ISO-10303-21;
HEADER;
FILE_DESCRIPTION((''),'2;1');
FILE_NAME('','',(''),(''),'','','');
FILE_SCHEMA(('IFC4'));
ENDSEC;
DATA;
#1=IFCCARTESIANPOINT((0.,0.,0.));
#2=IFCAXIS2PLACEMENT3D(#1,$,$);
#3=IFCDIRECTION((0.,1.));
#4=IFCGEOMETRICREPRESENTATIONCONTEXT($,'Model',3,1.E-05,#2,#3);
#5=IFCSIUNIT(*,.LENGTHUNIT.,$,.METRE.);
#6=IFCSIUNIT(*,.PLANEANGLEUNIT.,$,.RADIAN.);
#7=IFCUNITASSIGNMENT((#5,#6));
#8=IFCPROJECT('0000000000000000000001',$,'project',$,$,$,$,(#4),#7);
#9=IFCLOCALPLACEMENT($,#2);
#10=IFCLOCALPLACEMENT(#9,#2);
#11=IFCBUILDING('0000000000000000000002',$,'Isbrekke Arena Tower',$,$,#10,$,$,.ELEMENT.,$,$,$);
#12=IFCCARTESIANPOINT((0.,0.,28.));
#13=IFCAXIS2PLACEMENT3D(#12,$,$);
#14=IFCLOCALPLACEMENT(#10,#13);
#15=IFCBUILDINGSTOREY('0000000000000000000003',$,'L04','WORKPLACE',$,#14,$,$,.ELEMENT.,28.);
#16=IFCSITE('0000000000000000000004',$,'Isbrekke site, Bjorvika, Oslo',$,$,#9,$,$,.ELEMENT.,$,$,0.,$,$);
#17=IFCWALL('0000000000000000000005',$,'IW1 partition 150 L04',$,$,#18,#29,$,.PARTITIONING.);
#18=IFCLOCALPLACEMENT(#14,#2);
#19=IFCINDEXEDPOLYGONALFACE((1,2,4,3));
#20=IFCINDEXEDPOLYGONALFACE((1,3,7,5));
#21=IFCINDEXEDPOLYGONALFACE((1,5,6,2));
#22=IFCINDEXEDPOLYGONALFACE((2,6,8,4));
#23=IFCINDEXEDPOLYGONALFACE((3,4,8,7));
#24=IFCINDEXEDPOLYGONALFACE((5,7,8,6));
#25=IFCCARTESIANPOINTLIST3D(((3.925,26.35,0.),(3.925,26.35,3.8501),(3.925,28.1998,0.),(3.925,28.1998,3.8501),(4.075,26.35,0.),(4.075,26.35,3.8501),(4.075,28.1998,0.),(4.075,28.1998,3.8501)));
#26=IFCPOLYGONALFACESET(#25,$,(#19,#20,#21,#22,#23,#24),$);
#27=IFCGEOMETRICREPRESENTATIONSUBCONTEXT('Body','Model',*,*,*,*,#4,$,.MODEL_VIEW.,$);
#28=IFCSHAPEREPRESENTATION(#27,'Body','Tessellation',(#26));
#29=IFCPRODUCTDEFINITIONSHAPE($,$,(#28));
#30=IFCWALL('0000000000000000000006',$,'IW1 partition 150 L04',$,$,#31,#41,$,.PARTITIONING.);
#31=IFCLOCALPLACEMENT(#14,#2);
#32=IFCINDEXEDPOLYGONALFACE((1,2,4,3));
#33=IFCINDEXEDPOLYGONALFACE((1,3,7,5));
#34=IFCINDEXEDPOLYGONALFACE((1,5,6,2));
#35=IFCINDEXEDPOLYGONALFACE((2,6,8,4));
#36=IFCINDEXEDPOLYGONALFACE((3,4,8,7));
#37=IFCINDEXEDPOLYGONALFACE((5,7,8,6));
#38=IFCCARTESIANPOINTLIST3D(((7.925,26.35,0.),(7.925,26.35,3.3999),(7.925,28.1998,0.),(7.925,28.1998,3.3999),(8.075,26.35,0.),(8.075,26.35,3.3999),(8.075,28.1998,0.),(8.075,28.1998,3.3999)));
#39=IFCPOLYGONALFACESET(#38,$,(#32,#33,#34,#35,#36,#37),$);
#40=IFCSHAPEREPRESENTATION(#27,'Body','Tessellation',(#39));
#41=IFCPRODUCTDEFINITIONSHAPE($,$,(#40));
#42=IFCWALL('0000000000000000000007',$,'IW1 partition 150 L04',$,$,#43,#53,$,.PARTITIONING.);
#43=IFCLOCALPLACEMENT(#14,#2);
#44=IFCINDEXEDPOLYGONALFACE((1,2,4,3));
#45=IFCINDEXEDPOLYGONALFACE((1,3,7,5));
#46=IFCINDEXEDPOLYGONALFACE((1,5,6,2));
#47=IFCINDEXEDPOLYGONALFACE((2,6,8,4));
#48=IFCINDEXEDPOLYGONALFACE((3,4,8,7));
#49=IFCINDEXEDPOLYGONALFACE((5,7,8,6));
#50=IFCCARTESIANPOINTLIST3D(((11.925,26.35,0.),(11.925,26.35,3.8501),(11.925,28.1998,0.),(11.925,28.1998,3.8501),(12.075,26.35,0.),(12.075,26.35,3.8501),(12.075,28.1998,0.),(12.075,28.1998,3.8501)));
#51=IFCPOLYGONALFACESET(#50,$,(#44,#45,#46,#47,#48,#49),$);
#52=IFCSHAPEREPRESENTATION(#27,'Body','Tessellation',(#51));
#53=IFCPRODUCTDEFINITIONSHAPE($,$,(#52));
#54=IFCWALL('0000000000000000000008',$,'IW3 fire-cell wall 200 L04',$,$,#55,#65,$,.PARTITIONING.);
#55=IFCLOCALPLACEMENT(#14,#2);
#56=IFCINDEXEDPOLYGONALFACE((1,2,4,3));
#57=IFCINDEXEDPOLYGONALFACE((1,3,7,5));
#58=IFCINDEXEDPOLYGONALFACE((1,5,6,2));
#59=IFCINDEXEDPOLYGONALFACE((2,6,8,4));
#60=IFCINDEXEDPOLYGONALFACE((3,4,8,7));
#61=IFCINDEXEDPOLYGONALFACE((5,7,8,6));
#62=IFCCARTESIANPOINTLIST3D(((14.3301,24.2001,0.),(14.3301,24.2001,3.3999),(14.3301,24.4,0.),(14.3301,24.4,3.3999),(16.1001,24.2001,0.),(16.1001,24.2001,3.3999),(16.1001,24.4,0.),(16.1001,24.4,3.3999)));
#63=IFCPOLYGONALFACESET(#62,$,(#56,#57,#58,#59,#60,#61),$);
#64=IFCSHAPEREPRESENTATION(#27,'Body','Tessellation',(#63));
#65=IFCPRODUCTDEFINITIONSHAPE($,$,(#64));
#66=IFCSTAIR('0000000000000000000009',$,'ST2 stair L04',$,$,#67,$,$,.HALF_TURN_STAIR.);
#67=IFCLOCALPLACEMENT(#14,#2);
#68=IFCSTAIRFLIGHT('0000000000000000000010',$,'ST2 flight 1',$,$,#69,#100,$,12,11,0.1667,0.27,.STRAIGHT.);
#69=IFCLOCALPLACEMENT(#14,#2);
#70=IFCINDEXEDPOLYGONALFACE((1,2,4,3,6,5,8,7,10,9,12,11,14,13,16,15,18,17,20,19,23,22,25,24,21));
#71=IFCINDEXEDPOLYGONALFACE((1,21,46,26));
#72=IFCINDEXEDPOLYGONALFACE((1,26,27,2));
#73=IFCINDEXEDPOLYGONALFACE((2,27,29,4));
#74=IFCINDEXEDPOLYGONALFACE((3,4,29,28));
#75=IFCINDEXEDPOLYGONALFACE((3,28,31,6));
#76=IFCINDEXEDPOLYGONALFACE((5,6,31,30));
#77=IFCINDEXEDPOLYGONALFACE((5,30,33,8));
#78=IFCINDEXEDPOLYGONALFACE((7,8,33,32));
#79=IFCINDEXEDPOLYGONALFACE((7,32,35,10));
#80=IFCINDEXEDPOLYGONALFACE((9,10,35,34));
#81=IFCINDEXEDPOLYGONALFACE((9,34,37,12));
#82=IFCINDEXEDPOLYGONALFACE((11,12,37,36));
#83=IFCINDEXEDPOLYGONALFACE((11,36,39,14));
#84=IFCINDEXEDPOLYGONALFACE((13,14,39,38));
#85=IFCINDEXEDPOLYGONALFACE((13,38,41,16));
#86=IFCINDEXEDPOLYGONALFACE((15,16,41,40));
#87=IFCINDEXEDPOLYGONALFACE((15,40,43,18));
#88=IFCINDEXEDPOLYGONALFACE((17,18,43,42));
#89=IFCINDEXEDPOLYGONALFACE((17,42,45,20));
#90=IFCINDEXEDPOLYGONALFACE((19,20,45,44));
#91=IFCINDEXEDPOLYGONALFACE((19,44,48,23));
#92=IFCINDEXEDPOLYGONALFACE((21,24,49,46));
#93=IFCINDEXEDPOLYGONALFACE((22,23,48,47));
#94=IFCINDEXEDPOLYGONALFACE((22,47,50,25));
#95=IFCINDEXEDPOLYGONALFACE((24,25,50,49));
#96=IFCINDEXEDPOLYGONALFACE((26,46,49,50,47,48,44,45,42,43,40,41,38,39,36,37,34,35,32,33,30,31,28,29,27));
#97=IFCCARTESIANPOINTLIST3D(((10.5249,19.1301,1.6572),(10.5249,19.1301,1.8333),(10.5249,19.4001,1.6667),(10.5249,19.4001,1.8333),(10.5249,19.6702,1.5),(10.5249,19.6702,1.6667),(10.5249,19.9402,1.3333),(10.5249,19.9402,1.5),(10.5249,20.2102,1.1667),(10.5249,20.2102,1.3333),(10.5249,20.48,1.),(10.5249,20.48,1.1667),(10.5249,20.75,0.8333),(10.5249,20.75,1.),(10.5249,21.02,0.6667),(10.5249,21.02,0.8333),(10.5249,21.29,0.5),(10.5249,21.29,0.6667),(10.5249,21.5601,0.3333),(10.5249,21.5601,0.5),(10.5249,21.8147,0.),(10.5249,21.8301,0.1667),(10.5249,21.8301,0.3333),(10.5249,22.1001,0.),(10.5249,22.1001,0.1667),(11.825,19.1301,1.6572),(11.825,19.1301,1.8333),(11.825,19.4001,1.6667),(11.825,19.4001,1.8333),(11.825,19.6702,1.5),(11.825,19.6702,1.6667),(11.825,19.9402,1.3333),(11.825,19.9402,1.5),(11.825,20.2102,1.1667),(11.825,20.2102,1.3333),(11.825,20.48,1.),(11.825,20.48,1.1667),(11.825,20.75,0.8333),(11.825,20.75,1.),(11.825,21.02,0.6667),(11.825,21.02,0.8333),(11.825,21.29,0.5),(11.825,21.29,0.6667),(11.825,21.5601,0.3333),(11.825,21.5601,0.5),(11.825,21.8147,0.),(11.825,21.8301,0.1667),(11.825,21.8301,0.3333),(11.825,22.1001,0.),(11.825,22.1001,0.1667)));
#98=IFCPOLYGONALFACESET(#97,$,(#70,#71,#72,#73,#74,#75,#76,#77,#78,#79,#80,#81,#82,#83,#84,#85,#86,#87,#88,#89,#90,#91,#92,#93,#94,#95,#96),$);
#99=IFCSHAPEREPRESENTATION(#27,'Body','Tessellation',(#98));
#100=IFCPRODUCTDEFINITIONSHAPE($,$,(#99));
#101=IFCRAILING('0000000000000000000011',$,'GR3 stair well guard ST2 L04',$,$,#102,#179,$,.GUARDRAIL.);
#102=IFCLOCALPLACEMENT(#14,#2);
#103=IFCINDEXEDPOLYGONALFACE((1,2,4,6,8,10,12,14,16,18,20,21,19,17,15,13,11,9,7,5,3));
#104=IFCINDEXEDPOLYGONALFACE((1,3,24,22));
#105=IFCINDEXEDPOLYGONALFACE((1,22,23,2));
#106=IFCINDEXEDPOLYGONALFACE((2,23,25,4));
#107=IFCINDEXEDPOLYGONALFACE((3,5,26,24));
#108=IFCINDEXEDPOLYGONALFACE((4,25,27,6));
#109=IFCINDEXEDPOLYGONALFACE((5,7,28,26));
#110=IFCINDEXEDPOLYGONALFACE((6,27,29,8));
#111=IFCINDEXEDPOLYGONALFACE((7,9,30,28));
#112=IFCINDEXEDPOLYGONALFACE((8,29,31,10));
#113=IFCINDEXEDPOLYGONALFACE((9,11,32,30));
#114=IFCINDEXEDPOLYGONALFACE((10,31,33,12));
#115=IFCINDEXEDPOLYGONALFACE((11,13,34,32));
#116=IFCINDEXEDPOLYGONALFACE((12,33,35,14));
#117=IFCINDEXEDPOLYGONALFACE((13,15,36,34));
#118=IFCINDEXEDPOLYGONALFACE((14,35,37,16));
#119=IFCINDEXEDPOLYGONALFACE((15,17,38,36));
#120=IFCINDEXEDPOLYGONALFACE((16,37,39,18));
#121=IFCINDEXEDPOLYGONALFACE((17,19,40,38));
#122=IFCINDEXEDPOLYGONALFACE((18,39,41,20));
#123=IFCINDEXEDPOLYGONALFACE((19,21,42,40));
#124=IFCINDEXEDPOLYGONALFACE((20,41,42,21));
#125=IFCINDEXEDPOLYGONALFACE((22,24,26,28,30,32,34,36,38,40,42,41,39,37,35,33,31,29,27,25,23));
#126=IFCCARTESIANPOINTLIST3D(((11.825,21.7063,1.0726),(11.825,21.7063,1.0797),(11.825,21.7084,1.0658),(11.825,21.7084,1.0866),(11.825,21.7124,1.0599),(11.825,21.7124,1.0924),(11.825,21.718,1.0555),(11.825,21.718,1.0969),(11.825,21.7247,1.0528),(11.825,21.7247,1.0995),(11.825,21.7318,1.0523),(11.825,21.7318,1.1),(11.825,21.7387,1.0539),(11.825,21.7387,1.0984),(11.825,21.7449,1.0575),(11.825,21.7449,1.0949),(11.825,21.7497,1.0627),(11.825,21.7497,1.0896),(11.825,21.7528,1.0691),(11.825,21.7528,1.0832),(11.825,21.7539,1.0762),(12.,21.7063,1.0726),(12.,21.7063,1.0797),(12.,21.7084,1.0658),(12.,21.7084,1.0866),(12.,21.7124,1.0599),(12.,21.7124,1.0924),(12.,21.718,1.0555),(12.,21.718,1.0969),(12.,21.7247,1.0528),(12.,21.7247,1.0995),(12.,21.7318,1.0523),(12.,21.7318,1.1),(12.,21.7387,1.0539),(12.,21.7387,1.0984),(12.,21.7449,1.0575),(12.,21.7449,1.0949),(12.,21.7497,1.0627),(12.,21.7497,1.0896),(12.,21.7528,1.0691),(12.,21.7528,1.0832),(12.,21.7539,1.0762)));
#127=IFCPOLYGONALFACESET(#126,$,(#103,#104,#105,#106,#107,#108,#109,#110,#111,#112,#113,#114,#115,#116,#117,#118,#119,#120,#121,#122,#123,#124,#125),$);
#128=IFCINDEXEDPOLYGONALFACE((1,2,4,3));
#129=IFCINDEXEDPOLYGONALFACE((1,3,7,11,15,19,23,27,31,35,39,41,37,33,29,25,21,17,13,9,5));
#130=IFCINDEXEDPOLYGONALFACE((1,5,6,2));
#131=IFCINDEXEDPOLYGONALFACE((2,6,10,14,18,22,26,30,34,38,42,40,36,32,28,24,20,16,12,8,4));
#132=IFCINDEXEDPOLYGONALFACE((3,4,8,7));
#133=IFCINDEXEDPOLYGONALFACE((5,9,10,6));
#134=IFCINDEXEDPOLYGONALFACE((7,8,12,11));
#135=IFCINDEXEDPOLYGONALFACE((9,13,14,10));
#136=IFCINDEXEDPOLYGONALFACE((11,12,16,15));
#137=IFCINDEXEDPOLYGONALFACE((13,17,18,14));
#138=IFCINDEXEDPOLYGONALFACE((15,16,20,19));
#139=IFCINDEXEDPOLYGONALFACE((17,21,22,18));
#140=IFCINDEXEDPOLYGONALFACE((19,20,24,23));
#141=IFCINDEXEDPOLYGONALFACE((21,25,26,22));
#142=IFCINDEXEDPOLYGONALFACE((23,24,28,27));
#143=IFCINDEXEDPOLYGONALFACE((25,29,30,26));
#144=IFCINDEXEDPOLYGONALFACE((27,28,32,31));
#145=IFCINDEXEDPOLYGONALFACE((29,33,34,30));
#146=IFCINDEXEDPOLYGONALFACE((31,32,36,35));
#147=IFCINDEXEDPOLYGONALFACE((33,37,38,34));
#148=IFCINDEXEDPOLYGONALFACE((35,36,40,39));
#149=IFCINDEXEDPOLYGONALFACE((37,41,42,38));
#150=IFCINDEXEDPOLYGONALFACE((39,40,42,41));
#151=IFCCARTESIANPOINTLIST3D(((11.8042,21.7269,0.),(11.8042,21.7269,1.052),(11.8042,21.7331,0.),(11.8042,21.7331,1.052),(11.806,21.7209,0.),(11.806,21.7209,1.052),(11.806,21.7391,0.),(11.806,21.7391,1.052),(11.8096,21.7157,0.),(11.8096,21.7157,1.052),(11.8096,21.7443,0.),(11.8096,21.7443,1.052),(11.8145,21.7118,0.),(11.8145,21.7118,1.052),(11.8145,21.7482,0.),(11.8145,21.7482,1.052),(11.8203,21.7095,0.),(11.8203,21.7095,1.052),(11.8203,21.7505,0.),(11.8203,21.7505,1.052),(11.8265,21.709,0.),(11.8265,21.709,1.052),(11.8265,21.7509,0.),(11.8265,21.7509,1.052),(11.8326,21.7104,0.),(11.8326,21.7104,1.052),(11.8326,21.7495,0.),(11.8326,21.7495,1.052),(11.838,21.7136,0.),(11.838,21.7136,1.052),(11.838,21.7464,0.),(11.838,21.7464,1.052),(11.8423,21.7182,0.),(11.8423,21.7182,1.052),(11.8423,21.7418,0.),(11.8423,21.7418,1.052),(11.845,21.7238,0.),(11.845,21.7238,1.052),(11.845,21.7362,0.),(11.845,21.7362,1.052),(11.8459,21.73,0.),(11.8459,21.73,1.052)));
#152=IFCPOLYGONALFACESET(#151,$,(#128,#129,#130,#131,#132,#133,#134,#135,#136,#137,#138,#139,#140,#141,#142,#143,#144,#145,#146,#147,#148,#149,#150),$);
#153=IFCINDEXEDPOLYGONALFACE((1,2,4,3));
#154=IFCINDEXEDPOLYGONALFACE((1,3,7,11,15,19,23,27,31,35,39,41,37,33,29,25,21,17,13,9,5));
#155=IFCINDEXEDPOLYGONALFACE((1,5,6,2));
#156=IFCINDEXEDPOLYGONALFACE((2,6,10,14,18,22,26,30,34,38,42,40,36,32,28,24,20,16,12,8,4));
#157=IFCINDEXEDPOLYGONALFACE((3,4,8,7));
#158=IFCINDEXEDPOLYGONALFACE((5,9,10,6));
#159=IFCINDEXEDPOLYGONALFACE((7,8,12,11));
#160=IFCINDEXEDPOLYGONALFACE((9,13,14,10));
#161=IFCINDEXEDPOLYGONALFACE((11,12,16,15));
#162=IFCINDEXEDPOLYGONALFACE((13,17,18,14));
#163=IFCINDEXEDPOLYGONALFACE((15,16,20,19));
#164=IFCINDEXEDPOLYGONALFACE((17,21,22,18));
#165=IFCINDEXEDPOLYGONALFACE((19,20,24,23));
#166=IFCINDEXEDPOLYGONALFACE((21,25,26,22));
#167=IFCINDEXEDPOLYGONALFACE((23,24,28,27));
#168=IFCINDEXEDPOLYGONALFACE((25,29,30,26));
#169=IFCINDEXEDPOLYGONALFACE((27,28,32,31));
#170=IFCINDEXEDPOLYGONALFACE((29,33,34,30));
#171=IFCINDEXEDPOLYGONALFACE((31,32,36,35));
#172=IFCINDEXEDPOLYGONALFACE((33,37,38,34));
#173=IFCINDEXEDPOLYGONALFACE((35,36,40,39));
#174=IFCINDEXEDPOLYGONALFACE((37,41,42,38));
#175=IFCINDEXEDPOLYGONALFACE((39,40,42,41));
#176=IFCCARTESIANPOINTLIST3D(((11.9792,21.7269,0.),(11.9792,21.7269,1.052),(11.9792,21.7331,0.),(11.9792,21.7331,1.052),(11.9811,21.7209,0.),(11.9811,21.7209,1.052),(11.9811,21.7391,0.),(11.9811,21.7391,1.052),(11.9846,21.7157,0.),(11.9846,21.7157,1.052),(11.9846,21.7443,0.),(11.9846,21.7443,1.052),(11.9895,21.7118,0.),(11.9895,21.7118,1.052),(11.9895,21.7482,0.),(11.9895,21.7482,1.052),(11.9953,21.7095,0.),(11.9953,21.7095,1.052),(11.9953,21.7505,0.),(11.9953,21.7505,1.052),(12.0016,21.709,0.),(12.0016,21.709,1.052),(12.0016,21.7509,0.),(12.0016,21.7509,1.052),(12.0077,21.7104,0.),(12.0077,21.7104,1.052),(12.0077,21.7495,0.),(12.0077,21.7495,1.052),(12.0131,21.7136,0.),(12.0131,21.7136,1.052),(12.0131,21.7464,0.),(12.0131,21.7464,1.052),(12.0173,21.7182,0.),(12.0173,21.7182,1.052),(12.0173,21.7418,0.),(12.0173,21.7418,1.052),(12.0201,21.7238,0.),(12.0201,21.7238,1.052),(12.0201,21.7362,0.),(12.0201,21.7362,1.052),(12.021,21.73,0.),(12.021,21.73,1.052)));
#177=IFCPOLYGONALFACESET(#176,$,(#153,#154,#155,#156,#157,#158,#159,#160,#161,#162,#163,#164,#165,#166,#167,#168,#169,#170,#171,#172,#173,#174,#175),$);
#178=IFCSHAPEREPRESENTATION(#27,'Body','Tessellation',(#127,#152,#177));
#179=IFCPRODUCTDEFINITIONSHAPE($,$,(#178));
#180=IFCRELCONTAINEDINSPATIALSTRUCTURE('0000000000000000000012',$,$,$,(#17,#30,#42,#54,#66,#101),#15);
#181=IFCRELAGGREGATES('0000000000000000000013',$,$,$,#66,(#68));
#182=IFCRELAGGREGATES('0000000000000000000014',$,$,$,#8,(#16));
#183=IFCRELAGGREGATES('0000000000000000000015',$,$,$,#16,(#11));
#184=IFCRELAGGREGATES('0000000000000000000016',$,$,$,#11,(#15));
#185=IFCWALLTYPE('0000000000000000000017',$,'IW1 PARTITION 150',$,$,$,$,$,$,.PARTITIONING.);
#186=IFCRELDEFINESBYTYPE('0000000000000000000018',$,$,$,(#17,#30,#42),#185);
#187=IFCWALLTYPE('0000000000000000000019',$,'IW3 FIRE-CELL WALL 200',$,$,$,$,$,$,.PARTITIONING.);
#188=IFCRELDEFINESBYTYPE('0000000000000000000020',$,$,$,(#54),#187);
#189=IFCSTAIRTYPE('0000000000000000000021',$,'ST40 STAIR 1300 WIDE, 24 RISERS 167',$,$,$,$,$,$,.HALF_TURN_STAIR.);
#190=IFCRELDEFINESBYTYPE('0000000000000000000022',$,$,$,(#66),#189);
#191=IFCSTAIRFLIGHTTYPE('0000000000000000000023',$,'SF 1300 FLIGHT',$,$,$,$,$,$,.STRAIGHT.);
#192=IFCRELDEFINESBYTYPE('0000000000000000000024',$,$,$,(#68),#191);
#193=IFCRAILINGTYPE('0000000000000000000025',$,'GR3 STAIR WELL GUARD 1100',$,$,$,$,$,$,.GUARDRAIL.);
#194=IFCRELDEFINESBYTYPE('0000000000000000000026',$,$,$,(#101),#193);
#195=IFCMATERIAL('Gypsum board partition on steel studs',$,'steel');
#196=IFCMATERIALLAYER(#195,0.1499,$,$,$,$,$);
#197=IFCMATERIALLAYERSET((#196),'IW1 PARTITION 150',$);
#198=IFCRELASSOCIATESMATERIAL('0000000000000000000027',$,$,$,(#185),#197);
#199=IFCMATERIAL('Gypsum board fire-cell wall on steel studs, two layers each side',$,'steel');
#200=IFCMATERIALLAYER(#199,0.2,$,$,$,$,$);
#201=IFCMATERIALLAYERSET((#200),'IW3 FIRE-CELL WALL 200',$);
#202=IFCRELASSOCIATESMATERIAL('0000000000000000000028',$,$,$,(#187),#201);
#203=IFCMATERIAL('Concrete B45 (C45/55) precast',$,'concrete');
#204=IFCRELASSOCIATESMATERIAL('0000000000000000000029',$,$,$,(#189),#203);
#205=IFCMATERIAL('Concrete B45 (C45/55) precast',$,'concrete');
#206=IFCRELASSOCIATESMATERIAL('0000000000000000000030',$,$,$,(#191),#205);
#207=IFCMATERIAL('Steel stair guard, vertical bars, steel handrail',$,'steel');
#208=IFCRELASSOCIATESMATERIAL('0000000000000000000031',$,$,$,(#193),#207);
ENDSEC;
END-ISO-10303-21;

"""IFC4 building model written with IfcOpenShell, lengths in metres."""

from ifc_helpers import new_model, si_unit, direction, frame, frame_2d, origin, origin_2d, place, context, subcontext, project, spatial, polyline, rectangle, circle, outline, extrude, material, layer, layer_set, type_object, element, aggregate, save


model = new_model("IFC4")

# Units and contexts
model_context = context("Model", 3, precision=1e-05, world=origin(), true_north=direction((0.0, 1.0)))
body_context = subcontext(model_context, "Body", "Model", "MODEL_VIEW")
ifc_project = project(units=[si_unit("LENGTHUNIT", "METRE"), si_unit("PLANEANGLEUNIT", "RADIAN")], contexts=[model_context])

# Site, building, storey
site_placement = place(None, origin())
site = spatial("IfcSite", under=ifc_project, at=site_placement, Name="Isbrekke site, Bjorvika, Oslo", CompositionType="ELEMENT", RefElevation=0.0)
building_placement = place(site_placement, origin())
building = spatial("IfcBuilding", under=site, at=building_placement, Name="Isbrekke Arena Tower", CompositionType="ELEMENT")
storey_placement = place(building_placement, frame((0.0, 0.0, 28.0)))
storey = spatial("IfcBuildingStorey", under=building, at=storey_placement, Name="L04", Description="WORKPLACE", CompositionType="ELEMENT", Elevation=28.0)

# Walls
ifc_material_1 = material(Name="Gypsum board partition on steel studs", Category="steel")
ifc_layer_1 = layer(ifc_material_1, 0.1499)
ifc_layer_set_1 = layer_set([ifc_layer_1], Name="IW1 PARTITION 150")
wall_type_1 = type_object("IfcWallType", Name="IW1 PARTITION 150", PredefinedType="PARTITIONING", material=ifc_layer_set_1)
wall_1_placement = place(storey_placement, frame((4.0, 26.3501, 0.0), z_axis=(0.0, 0.0, 1.0), x_axis=(0.0, 1.0, 0.0)))
element("IfcWall", 1, at=wall_1_placement, inside=storey, type_object=wall_type_1, Name="IW1 partition 150 L04", PredefinedType="PARTITIONING", context=body_context, shape_type="SweptSolid", body=[
    extrude(rectangle(XDim=1.8499, YDim=0.1499, at=frame_2d((0.9248, 0.0))), origin(), (0.0, 0.0, 1.0), 3.8501),
])
wall_2_placement = place(storey_placement, frame((8.0, 26.3501, 0.0), z_axis=(0.0, 0.0, 1.0), x_axis=(0.0, 1.0, 0.0)))
element("IfcWall", 2, at=wall_2_placement, inside=storey, type_object=wall_type_1, Name="IW1 partition 150 L04", PredefinedType="PARTITIONING", context=body_context, shape_type="SweptSolid", body=[
    extrude(rectangle(XDim=1.8499, YDim=0.1499, at=frame_2d((0.9248, 0.0))), origin(), (0.0, 0.0, 1.0), 3.3999),
])
wall_3_placement = place(storey_placement, frame((12.0, 26.3501, 0.0), z_axis=(0.0, 0.0, 1.0), x_axis=(0.0, 1.0, 0.0)))
element("IfcWall", 3, at=wall_3_placement, inside=storey, type_object=wall_type_1, Name="IW1 partition 150 L04", PredefinedType="PARTITIONING", context=body_context, shape_type="SweptSolid", body=[
    extrude(rectangle(XDim=1.8499, YDim=0.1499, at=frame_2d((0.9248, 0.0))), origin(), (0.0, 0.0, 1.0), 3.8501),
])
ifc_material_2 = material(Name="Gypsum board fire-cell wall on steel studs, two layers each side", Category="steel")
ifc_layer_2 = layer(ifc_material_2, 0.2)
ifc_layer_set_2 = layer_set([ifc_layer_2], Name="IW3 FIRE-CELL WALL 200")
wall_type_2 = type_object("IfcWallType", Name="IW3 FIRE-CELL WALL 200", PredefinedType="PARTITIONING", material=ifc_layer_set_2)
wall_4_placement = place(storey_placement, frame((14.3301, 24.3, 0.0), z_axis=(0.0, 0.0, 1.0), x_axis=(1.0, 0.0, 0.0)))
element("IfcWall", 4, at=wall_4_placement, inside=storey, type_object=wall_type_2, Name="IW3 fire-cell wall 200 L04", PredefinedType="PARTITIONING", context=body_context, shape_type="SweptSolid", body=[
    extrude(rectangle(XDim=1.77, YDim=0.2, at=frame_2d((0.885, 0.0))), origin(), (0.0, 0.0, 1.0), 3.3999),
])

# Stair, stair flight
ifc_material_3 = material(Name="Concrete B45 (C45/55) precast", Category="concrete")
stair_type = type_object("IfcStairType", Name="ST40 STAIR 1300 WIDE, 24 RISERS 167", PredefinedType="HALF_TURN_STAIR", material=ifc_material_3)
stair_placement = place(storey_placement, origin())
stair = element("IfcStair", 5, at=stair_placement, inside=storey, type_object=stair_type, Name="ST2 stair L04", PredefinedType="HALF_TURN_STAIR")
ifc_material_4 = material(Name="Concrete B45 (C45/55) precast", Category="concrete")
stair_flight_type = type_object("IfcStairFlightType", Name="SF 1300 FLIGHT", PredefinedType="STRAIGHT", material=ifc_material_4)
stair_flight_placement = place(storey_placement, frame((11.175, 22.1001, 0.0), z_axis=(0.0, 0.0, 1.0), x_axis=(0.0, -1.0, 0.0)))
stair_flight = element("IfcStairFlight", 6, at=stair_flight_placement, type_object=stair_flight_type, Name="ST2 flight 1", NumberOfRisers=12, NumberOfTreads=11, PredefinedType="STRAIGHT", RiserHeight=0.1667, TreadLength=0.27, context=body_context, shape_type="SweptSolid", body=[
    extrude(outline(polyline([(0.0, 0.0), (0.0, 0.1667), (0.27, 0.1667), (0.27, 0.3333), (0.54, 0.3333), (0.54, 0.5), (0.8101, 0.5), (0.8101, 0.6667), (1.0801, 0.6667), (1.0801, 0.8333), (1.3501, 0.8333), (1.3501, 1.0), (1.6201, 1.0), (1.6201, 1.1667), (1.8899, 1.1667), (1.8899, 1.3333), (2.1599, 1.3333), (2.1599, 1.5), (2.4299, 1.5), (2.4299, 1.6667), (2.7, 1.6667), (2.7, 1.8333), (2.97, 1.8333), (2.97, 2.0), (2.97, 1.6572), (0.2854, 0.0), (0.0, 0.0)])), frame((0.0, 0.6499, 0.0), z_axis=(0.0, -1.0, 0.0), x_axis=(1.0, 0.0, 0.0)), (0.0, 0.0, 1.0), 1.3),
])
aggregate(stair, [stair_flight])

# Railing
ifc_material_5 = material(Name="Steel stair guard, vertical bars, steel handrail", Category="steel")
railing_type = type_object("IfcRailingType", Name="GR3 STAIR WELL GUARD 1100", PredefinedType="GUARDRAIL", material=ifc_material_5)
railing_placement = place(storey_placement, frame((11.825, 21.73, 0.0)))
element("IfcRailing", 7, at=railing_placement, inside=storey, type_object=railing_type, Name="GR3 stair well guard ST2 L04", PredefinedType="GUARDRAIL", context=body_context, shape_type="SweptSolid", body=[
    extrude(circle(Radius=0.0239, at=origin_2d()), frame((0.0, 0.0, 1.0762), z_axis=(1.0, 0.0, 0.0), x_axis=(0.0, 1.0, 0.0)), (0.0, 0.0, 1.0), 0.175),
    extrude(circle(Radius=0.021, at=origin_2d()), origin(), (0.0, 0.0, 1.0), 1.052),
    extrude(circle(Radius=0.021, at=origin_2d()), frame((0.175, 0.0, 0.0)), (0.0, 0.0, 1.0), 1.052),
])

save(model, "model.ifc")
